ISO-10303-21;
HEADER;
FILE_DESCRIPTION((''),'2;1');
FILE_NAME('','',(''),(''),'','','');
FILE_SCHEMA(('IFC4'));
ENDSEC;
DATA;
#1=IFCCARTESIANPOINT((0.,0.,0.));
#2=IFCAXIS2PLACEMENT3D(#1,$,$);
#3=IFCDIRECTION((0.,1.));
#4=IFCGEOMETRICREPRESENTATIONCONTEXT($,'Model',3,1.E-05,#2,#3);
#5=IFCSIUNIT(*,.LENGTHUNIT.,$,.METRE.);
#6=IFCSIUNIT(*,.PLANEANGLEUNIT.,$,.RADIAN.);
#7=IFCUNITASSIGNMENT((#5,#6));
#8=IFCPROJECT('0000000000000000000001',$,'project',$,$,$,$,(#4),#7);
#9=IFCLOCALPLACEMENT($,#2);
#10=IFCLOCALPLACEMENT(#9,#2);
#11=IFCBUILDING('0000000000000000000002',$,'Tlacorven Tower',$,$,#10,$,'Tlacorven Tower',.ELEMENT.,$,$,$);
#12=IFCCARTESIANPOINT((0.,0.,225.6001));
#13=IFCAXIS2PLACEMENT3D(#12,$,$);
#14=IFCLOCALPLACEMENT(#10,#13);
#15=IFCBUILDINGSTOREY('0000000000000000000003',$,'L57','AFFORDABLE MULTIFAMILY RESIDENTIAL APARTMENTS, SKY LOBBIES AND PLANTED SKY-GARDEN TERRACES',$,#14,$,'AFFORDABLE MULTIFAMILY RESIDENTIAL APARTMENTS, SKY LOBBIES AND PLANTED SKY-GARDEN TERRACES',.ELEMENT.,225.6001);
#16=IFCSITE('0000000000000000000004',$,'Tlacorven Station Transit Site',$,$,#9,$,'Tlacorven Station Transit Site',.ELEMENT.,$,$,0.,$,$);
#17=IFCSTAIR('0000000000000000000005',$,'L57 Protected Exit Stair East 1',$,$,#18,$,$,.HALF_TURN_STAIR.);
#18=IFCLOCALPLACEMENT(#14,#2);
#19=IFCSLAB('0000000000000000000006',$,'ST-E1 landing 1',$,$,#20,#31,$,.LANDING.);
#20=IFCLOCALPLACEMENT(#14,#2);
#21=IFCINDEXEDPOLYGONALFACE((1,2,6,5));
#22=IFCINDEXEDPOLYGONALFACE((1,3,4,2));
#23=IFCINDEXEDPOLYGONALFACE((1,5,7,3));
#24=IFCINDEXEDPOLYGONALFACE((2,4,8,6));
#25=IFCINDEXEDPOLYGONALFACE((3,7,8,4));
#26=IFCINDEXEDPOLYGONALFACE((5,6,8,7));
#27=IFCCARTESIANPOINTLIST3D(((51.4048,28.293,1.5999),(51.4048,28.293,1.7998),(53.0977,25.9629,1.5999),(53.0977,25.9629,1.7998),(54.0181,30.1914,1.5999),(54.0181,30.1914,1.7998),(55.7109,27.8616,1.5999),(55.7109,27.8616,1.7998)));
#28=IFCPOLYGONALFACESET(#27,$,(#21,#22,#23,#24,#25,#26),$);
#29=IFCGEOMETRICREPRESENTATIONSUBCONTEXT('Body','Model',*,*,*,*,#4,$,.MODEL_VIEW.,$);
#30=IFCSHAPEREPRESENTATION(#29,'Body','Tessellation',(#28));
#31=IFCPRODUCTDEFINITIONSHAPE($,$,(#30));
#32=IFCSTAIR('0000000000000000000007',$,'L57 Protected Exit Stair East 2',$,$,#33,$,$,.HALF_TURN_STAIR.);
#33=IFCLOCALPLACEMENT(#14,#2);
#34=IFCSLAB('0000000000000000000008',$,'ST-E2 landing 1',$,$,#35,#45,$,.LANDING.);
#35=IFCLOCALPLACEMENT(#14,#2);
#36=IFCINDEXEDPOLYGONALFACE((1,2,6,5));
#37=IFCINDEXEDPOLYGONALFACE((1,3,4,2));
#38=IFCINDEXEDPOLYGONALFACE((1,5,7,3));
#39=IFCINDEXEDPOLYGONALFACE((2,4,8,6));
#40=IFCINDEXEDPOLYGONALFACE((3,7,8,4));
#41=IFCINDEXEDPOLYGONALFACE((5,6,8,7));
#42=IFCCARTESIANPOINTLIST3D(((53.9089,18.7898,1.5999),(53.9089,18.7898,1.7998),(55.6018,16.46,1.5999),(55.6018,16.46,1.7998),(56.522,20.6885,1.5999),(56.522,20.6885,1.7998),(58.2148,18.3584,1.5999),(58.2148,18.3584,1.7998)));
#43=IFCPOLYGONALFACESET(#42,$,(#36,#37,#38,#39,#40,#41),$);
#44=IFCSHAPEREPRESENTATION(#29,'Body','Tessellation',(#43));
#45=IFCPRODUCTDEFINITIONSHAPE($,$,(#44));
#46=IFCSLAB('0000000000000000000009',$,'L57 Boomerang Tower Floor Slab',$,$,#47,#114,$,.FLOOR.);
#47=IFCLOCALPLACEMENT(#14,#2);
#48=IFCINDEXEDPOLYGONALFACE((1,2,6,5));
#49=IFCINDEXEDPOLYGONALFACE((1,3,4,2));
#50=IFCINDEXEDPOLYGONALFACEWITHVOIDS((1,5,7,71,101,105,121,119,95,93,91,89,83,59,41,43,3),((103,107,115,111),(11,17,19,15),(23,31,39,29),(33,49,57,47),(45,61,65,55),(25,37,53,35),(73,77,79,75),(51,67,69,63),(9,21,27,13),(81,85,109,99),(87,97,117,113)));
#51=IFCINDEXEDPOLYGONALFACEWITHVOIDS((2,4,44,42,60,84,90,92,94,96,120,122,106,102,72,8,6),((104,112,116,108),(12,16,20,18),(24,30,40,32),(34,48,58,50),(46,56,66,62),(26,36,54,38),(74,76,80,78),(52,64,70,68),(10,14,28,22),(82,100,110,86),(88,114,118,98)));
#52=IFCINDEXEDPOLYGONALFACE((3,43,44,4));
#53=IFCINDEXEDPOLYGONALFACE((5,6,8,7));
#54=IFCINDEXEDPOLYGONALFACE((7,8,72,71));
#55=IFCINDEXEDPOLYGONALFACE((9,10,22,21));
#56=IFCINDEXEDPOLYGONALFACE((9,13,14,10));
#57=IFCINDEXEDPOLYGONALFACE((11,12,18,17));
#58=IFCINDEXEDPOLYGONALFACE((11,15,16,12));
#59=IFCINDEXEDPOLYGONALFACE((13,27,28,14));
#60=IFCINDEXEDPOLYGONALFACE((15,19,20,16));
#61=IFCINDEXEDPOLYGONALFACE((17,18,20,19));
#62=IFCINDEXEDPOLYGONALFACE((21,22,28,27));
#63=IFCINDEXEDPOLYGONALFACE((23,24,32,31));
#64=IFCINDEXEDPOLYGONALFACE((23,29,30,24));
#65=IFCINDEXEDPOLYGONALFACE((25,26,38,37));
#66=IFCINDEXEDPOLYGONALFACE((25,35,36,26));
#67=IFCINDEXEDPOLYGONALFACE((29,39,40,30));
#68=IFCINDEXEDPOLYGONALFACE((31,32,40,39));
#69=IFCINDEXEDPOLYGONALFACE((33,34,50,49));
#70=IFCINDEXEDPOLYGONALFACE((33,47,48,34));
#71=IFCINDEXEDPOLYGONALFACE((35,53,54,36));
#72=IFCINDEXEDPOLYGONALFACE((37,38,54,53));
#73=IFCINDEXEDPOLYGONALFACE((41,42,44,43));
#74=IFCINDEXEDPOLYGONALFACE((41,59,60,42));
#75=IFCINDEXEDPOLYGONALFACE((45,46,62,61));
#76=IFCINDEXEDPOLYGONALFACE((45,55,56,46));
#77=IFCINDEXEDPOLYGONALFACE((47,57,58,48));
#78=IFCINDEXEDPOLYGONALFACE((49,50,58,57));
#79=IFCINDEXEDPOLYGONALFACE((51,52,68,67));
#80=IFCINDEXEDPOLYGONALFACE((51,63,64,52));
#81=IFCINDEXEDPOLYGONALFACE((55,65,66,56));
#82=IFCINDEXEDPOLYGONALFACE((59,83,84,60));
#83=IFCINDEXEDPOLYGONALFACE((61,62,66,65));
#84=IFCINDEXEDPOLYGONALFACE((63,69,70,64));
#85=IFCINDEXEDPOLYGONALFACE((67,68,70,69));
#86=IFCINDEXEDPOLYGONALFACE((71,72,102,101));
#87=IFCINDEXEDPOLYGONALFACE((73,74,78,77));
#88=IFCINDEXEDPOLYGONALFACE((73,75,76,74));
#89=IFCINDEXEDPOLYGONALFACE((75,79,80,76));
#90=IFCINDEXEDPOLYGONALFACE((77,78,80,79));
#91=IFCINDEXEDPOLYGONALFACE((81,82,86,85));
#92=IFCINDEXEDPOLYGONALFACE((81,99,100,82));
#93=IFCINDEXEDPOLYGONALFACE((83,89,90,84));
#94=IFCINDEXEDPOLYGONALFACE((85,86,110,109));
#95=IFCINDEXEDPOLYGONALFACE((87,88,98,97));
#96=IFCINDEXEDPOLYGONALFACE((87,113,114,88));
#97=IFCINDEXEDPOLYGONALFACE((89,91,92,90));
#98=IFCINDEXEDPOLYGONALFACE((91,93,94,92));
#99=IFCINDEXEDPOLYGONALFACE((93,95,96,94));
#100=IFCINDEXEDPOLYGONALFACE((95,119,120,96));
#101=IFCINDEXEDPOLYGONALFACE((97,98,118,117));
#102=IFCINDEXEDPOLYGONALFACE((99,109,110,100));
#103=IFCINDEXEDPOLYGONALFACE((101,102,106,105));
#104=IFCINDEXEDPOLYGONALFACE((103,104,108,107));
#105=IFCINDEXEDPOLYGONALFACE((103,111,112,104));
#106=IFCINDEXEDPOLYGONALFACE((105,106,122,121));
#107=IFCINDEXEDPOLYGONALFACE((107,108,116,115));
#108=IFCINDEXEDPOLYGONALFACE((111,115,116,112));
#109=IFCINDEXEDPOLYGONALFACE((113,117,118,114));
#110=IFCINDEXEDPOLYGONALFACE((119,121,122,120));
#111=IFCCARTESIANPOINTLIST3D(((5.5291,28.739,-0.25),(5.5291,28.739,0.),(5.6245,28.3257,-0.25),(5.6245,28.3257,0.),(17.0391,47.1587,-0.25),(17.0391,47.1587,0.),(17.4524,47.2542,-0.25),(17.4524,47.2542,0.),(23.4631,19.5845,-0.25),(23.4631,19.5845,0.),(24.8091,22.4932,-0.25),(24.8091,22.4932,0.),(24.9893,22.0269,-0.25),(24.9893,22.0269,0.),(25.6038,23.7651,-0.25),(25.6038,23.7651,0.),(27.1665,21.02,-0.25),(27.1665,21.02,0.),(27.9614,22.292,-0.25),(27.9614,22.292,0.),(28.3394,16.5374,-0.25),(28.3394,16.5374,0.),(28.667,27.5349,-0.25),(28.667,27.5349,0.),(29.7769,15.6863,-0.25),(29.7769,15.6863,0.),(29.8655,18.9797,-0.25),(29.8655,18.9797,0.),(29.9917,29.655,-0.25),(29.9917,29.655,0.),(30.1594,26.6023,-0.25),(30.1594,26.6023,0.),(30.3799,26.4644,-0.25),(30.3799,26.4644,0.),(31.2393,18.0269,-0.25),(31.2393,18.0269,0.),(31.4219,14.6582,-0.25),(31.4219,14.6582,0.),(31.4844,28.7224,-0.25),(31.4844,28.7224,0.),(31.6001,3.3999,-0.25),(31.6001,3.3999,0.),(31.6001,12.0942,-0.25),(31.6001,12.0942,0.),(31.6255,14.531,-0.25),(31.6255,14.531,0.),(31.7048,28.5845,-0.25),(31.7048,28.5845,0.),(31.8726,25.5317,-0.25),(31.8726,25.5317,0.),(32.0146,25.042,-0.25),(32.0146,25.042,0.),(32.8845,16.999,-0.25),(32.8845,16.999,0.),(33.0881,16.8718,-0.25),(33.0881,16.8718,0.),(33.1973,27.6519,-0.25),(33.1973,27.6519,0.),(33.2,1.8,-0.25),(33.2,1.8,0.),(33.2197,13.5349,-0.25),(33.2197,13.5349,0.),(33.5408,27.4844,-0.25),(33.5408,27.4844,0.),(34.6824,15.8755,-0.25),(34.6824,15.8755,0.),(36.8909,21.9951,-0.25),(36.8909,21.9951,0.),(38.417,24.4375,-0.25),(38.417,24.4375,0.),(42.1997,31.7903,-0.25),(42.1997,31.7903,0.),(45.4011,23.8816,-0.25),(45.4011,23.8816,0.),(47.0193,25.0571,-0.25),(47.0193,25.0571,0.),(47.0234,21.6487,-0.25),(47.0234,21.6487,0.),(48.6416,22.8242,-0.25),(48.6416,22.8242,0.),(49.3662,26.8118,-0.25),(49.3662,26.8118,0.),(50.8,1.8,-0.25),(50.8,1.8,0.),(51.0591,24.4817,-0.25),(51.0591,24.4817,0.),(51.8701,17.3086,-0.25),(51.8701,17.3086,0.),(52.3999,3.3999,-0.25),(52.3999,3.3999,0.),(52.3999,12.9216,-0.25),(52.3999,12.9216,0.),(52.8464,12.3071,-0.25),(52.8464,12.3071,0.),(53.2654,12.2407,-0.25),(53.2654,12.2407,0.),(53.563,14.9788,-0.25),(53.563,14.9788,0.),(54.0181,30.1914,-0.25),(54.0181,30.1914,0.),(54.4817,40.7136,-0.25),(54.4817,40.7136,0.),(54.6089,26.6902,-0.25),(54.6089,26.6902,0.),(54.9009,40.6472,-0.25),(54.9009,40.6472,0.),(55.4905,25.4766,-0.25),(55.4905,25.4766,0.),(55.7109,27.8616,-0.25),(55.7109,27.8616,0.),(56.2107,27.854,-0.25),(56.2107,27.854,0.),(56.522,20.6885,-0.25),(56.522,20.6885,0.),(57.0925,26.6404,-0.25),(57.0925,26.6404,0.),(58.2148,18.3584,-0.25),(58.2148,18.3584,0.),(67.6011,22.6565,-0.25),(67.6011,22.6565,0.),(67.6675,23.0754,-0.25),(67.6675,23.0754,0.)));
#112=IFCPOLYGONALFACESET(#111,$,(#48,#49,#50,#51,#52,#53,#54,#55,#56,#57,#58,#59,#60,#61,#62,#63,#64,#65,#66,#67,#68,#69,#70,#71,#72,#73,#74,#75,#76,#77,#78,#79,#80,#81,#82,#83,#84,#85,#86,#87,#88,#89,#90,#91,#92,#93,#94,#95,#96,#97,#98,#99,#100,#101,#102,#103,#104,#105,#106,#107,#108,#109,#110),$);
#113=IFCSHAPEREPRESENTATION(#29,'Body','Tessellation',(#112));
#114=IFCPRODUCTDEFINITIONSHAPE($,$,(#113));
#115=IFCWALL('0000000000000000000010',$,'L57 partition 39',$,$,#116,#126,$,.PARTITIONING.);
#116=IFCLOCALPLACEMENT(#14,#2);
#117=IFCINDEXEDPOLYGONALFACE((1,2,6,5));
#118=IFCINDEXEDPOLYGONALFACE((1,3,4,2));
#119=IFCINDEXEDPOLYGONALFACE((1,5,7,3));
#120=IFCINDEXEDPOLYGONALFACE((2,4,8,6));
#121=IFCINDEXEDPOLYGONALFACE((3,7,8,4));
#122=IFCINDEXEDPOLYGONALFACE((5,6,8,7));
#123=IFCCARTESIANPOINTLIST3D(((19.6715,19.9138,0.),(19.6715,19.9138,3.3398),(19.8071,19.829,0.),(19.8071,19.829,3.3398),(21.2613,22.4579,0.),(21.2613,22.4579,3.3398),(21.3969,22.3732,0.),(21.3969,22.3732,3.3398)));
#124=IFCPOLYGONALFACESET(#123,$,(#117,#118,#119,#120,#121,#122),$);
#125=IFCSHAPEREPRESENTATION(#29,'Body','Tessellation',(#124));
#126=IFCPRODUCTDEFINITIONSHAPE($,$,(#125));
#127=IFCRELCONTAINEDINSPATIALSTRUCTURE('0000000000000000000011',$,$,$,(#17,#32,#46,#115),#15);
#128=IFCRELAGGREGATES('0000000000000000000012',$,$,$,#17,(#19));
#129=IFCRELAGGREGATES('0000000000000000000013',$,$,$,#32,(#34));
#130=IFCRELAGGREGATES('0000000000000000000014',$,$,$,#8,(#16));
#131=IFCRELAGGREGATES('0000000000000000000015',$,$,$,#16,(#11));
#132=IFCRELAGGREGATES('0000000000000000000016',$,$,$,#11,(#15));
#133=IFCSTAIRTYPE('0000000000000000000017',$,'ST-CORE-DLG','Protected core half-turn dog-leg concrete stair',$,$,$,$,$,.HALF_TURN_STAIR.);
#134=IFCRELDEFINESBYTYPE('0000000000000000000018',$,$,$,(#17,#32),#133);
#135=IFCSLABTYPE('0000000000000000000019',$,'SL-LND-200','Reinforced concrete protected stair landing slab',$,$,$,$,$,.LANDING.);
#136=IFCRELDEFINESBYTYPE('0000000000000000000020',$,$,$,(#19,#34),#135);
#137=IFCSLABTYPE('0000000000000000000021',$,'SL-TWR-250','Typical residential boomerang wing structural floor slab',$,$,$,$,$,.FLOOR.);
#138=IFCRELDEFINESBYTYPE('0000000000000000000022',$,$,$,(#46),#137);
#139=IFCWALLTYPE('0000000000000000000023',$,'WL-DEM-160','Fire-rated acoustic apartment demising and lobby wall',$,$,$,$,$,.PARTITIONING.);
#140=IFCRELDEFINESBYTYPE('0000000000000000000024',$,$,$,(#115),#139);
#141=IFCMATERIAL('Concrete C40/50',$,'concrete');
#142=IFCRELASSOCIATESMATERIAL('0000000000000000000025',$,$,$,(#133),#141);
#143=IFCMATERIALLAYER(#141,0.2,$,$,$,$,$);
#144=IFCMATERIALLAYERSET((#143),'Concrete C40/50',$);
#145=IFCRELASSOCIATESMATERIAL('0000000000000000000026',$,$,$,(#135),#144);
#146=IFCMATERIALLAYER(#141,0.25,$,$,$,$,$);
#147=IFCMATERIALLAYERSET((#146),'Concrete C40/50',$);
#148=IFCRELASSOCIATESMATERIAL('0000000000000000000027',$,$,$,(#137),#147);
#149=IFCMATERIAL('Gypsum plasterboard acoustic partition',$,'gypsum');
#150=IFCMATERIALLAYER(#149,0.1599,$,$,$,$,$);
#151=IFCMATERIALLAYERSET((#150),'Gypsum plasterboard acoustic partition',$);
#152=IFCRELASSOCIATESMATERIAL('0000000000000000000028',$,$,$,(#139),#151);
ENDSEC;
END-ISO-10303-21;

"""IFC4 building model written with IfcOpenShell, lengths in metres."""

from ifc_helpers import new_model, si_unit, direction, frame, frame_2d, origin, place, context, subcontext, project, spatial, polyline, rectangle, outline, extrude, material, layer, layer_set, type_object, element, aggregate, save


model = new_model("IFC4")

# Units and contexts
model_context = context("Model", 3, precision=1e-05, world=origin(), true_north=direction((0.0, 1.0)))
body_context = subcontext(model_context, "Body", "Model", "MODEL_VIEW")
ifc_project = project(units=[si_unit("LENGTHUNIT", "METRE"), si_unit("PLANEANGLEUNIT", "RADIAN")], contexts=[model_context])

# Site, building, storey
site_placement = place(None, origin())
site = spatial("IfcSite", under=ifc_project, at=site_placement, Name="Tlacorven Station Transit Site", LongName="Tlacorven Station Transit Site", CompositionType="ELEMENT", RefElevation=0.0)
building_placement = place(site_placement, origin())
building = spatial("IfcBuilding", under=site, at=building_placement, Name="Tlacorven Tower", LongName="Tlacorven Tower", CompositionType="ELEMENT")
storey_placement = place(building_placement, frame((0.0, 0.0, 225.6001)))
storey = spatial("IfcBuildingStorey", under=building, at=storey_placement, Name="L57", Description="AFFORDABLE MULTIFAMILY RESIDENTIAL APARTMENTS, SKY LOBBIES AND PLANTED SKY-GARDEN TERRACES", LongName="AFFORDABLE MULTIFAMILY RESIDENTIAL APARTMENTS, SKY LOBBIES AND PLANTED SKY-GARDEN TERRACES", CompositionType="ELEMENT", Elevation=225.6001)

# Stairs, slabs
ifc_material_1 = material(Name="Concrete C40/50", Category="concrete")
stair_type = type_object("IfcStairType", Name="ST-CORE-DLG", Description="Protected core half-turn dog-leg concrete stair", PredefinedType="HALF_TURN_STAIR", material=ifc_material_1)
ifc_layer_1 = layer(ifc_material_1, 0.2)
ifc_layer_set_1 = layer_set([ifc_layer_1], Name="Concrete C40/50")
slab_type_1 = type_object("IfcSlabType", Name="SL-LND-200", Description="Reinforced concrete protected stair landing slab", PredefinedType="LANDING", material=ifc_layer_set_1)
stair_1_placement = place(storey_placement, origin())
stair_1 = element("IfcStair", 1, at=stair_1_placement, inside=storey, type_object=stair_type, Name="L57 Protected Exit Stair East 1", PredefinedType="HALF_TURN_STAIR")
slab_1_placement = place(storey_placement, frame((0.0, 0.0, 1.5999)))
slab_1 = element("IfcSlab", 2, at=slab_1_placement, type_object=slab_type_1, Name="ST-E1 landing 1", PredefinedType="LANDING", context=body_context, shape_type="SweptSolid", body=[
    extrude(outline(polyline([(53.0977, 25.9629), (55.7109, 27.8616), (54.0181, 30.1914), (51.4048, 28.293), (53.0977, 25.9629)])), origin(), (0.0, 0.0, 1.0), 0.2),
])
aggregate(stair_1, [slab_1])
stair_2_placement = place(storey_placement, origin())
stair_2 = element("IfcStair", 3, at=stair_2_placement, inside=storey, type_object=stair_type, Name="L57 Protected Exit Stair East 2", PredefinedType="HALF_TURN_STAIR")
slab_2_placement = place(storey_placement, frame((0.0, 0.0, 1.5999)))
slab_2 = element("IfcSlab", 4, at=slab_2_placement, type_object=slab_type_1, Name="ST-E2 landing 1", PredefinedType="LANDING", context=body_context, shape_type="SweptSolid", body=[
    extrude(outline(polyline([(55.6018, 16.46), (58.2148, 18.3584), (56.522, 20.6885), (53.9089, 18.7898), (55.6018, 16.46)])), origin(), (0.0, 0.0, 1.0), 0.2),
])
aggregate(stair_2, [slab_2])

# Slab
ifc_layer_2 = layer(ifc_material_1, 0.25)
ifc_layer_set_2 = layer_set([ifc_layer_2], Name="Concrete C40/50")
slab_type_2 = type_object("IfcSlabType", Name="SL-TWR-250", Description="Typical residential boomerang wing structural floor slab", PredefinedType="FLOOR", material=ifc_layer_set_2)
slab_3_placement = place(storey_placement, frame((0.0, 0.0, -0.25)))
element("IfcSlab", 5, at=slab_3_placement, inside=storey, type_object=slab_type_2, Name="L57 Boomerang Tower Floor Slab", PredefinedType="FLOOR", context=body_context, shape_type="SweptSolid", body=[
    extrude(outline(polyline([(52.3999, 3.3999), (50.8, 1.8), (33.2, 1.8), (31.6001, 3.3999), (31.6001, 12.0942), (5.6245, 28.3257), (5.5291, 28.739), (17.0391, 47.1587), (17.4524, 47.2542), (42.1997, 31.7903), (54.4817, 40.7136), (54.9009, 40.6472), (67.6675, 23.0754), (67.6011, 22.6565), (53.2654, 12.2407), (52.8464, 12.3071), (52.3999, 12.9216), (52.3999, 3.3999)]), holes=[polyline([(29.8655, 18.9797), (24.9893, 22.0269), (23.4631, 19.5845), (28.3394, 16.5374), (29.8655, 18.9797)]), polyline([(38.417, 24.4375), (33.5408, 27.4844), (32.0146, 25.042), (36.8909, 21.9951), (38.417, 24.4375)]), polyline([(51.0591, 24.4817), (55.7109, 27.8616), (54.0181, 30.1914), (49.3662, 26.8118), (51.0591, 24.4817)]), polyline([(53.563, 14.9788), (58.2148, 18.3584), (56.522, 20.6885), (51.8701, 17.3086), (53.563, 14.9788)]), polyline([(34.6824, 15.8755), (33.0881, 16.8718), (31.6255, 14.531), (33.2197, 13.5349), (34.6824, 15.8755)]), polyline([(32.8845, 16.999), (31.2393, 18.0269), (29.7769, 15.6863), (31.4219, 14.6582), (32.8845, 16.999)]), polyline([(47.0234, 21.6487), (48.6416, 22.8242), (47.0193, 25.0571), (45.4011, 23.8816), (47.0234, 21.6487)]), polyline([(33.1973, 27.6519), (31.7048, 28.5845), (30.3799, 26.4644), (31.8726, 25.5317), (33.1973, 27.6519)]), polyline([(31.4844, 28.7224), (29.9917, 29.655), (28.667, 27.5349), (30.1594, 26.6023), (31.4844, 28.7224)]), polyline([(27.9614, 22.292), (25.6038, 23.7651), (24.8091, 22.4932), (27.1665, 21.02), (27.9614, 22.292)]), polyline([(55.4905, 25.4766), (57.0925, 26.6404), (56.2107, 27.854), (54.6089, 26.6902), (55.4905, 25.4766)])]), origin(), (0.0, 0.0, 1.0), 0.25),
])

# Wall
ifc_material_2 = material(Name="Gypsum plasterboard acoustic partition", Category="gypsum")
ifc_layer_3 = layer(ifc_material_2, 0.1599)
ifc_layer_set_3 = layer_set([ifc_layer_3], Name="Gypsum plasterboard acoustic partition")
wall_type = type_object("IfcWallType", Name="WL-DEM-160", Description="Fire-rated acoustic apartment demising and lobby wall", PredefinedType="PARTITIONING", material=ifc_layer_set_3)
wall_1_placement = place(storey_placement, frame((21.3291, 22.4155, 0.0), z_axis=(0.0, 0.0, 1.0), x_axis=(-0.529933, -0.848039, 0.0)))
element("IfcWall", 6, at=wall_1_placement, inside=storey, type_object=wall_type, Name="L57 partition 39", PredefinedType="PARTITIONING", context=body_context, shape_type="SweptSolid", body=[
    extrude(rectangle(XDim=3.0, YDim=0.1599, at=frame_2d((1.5, 0.0))), origin(), (0.0, 0.0, 1.0), 3.3398),
])

save(model, "model.ifc")
